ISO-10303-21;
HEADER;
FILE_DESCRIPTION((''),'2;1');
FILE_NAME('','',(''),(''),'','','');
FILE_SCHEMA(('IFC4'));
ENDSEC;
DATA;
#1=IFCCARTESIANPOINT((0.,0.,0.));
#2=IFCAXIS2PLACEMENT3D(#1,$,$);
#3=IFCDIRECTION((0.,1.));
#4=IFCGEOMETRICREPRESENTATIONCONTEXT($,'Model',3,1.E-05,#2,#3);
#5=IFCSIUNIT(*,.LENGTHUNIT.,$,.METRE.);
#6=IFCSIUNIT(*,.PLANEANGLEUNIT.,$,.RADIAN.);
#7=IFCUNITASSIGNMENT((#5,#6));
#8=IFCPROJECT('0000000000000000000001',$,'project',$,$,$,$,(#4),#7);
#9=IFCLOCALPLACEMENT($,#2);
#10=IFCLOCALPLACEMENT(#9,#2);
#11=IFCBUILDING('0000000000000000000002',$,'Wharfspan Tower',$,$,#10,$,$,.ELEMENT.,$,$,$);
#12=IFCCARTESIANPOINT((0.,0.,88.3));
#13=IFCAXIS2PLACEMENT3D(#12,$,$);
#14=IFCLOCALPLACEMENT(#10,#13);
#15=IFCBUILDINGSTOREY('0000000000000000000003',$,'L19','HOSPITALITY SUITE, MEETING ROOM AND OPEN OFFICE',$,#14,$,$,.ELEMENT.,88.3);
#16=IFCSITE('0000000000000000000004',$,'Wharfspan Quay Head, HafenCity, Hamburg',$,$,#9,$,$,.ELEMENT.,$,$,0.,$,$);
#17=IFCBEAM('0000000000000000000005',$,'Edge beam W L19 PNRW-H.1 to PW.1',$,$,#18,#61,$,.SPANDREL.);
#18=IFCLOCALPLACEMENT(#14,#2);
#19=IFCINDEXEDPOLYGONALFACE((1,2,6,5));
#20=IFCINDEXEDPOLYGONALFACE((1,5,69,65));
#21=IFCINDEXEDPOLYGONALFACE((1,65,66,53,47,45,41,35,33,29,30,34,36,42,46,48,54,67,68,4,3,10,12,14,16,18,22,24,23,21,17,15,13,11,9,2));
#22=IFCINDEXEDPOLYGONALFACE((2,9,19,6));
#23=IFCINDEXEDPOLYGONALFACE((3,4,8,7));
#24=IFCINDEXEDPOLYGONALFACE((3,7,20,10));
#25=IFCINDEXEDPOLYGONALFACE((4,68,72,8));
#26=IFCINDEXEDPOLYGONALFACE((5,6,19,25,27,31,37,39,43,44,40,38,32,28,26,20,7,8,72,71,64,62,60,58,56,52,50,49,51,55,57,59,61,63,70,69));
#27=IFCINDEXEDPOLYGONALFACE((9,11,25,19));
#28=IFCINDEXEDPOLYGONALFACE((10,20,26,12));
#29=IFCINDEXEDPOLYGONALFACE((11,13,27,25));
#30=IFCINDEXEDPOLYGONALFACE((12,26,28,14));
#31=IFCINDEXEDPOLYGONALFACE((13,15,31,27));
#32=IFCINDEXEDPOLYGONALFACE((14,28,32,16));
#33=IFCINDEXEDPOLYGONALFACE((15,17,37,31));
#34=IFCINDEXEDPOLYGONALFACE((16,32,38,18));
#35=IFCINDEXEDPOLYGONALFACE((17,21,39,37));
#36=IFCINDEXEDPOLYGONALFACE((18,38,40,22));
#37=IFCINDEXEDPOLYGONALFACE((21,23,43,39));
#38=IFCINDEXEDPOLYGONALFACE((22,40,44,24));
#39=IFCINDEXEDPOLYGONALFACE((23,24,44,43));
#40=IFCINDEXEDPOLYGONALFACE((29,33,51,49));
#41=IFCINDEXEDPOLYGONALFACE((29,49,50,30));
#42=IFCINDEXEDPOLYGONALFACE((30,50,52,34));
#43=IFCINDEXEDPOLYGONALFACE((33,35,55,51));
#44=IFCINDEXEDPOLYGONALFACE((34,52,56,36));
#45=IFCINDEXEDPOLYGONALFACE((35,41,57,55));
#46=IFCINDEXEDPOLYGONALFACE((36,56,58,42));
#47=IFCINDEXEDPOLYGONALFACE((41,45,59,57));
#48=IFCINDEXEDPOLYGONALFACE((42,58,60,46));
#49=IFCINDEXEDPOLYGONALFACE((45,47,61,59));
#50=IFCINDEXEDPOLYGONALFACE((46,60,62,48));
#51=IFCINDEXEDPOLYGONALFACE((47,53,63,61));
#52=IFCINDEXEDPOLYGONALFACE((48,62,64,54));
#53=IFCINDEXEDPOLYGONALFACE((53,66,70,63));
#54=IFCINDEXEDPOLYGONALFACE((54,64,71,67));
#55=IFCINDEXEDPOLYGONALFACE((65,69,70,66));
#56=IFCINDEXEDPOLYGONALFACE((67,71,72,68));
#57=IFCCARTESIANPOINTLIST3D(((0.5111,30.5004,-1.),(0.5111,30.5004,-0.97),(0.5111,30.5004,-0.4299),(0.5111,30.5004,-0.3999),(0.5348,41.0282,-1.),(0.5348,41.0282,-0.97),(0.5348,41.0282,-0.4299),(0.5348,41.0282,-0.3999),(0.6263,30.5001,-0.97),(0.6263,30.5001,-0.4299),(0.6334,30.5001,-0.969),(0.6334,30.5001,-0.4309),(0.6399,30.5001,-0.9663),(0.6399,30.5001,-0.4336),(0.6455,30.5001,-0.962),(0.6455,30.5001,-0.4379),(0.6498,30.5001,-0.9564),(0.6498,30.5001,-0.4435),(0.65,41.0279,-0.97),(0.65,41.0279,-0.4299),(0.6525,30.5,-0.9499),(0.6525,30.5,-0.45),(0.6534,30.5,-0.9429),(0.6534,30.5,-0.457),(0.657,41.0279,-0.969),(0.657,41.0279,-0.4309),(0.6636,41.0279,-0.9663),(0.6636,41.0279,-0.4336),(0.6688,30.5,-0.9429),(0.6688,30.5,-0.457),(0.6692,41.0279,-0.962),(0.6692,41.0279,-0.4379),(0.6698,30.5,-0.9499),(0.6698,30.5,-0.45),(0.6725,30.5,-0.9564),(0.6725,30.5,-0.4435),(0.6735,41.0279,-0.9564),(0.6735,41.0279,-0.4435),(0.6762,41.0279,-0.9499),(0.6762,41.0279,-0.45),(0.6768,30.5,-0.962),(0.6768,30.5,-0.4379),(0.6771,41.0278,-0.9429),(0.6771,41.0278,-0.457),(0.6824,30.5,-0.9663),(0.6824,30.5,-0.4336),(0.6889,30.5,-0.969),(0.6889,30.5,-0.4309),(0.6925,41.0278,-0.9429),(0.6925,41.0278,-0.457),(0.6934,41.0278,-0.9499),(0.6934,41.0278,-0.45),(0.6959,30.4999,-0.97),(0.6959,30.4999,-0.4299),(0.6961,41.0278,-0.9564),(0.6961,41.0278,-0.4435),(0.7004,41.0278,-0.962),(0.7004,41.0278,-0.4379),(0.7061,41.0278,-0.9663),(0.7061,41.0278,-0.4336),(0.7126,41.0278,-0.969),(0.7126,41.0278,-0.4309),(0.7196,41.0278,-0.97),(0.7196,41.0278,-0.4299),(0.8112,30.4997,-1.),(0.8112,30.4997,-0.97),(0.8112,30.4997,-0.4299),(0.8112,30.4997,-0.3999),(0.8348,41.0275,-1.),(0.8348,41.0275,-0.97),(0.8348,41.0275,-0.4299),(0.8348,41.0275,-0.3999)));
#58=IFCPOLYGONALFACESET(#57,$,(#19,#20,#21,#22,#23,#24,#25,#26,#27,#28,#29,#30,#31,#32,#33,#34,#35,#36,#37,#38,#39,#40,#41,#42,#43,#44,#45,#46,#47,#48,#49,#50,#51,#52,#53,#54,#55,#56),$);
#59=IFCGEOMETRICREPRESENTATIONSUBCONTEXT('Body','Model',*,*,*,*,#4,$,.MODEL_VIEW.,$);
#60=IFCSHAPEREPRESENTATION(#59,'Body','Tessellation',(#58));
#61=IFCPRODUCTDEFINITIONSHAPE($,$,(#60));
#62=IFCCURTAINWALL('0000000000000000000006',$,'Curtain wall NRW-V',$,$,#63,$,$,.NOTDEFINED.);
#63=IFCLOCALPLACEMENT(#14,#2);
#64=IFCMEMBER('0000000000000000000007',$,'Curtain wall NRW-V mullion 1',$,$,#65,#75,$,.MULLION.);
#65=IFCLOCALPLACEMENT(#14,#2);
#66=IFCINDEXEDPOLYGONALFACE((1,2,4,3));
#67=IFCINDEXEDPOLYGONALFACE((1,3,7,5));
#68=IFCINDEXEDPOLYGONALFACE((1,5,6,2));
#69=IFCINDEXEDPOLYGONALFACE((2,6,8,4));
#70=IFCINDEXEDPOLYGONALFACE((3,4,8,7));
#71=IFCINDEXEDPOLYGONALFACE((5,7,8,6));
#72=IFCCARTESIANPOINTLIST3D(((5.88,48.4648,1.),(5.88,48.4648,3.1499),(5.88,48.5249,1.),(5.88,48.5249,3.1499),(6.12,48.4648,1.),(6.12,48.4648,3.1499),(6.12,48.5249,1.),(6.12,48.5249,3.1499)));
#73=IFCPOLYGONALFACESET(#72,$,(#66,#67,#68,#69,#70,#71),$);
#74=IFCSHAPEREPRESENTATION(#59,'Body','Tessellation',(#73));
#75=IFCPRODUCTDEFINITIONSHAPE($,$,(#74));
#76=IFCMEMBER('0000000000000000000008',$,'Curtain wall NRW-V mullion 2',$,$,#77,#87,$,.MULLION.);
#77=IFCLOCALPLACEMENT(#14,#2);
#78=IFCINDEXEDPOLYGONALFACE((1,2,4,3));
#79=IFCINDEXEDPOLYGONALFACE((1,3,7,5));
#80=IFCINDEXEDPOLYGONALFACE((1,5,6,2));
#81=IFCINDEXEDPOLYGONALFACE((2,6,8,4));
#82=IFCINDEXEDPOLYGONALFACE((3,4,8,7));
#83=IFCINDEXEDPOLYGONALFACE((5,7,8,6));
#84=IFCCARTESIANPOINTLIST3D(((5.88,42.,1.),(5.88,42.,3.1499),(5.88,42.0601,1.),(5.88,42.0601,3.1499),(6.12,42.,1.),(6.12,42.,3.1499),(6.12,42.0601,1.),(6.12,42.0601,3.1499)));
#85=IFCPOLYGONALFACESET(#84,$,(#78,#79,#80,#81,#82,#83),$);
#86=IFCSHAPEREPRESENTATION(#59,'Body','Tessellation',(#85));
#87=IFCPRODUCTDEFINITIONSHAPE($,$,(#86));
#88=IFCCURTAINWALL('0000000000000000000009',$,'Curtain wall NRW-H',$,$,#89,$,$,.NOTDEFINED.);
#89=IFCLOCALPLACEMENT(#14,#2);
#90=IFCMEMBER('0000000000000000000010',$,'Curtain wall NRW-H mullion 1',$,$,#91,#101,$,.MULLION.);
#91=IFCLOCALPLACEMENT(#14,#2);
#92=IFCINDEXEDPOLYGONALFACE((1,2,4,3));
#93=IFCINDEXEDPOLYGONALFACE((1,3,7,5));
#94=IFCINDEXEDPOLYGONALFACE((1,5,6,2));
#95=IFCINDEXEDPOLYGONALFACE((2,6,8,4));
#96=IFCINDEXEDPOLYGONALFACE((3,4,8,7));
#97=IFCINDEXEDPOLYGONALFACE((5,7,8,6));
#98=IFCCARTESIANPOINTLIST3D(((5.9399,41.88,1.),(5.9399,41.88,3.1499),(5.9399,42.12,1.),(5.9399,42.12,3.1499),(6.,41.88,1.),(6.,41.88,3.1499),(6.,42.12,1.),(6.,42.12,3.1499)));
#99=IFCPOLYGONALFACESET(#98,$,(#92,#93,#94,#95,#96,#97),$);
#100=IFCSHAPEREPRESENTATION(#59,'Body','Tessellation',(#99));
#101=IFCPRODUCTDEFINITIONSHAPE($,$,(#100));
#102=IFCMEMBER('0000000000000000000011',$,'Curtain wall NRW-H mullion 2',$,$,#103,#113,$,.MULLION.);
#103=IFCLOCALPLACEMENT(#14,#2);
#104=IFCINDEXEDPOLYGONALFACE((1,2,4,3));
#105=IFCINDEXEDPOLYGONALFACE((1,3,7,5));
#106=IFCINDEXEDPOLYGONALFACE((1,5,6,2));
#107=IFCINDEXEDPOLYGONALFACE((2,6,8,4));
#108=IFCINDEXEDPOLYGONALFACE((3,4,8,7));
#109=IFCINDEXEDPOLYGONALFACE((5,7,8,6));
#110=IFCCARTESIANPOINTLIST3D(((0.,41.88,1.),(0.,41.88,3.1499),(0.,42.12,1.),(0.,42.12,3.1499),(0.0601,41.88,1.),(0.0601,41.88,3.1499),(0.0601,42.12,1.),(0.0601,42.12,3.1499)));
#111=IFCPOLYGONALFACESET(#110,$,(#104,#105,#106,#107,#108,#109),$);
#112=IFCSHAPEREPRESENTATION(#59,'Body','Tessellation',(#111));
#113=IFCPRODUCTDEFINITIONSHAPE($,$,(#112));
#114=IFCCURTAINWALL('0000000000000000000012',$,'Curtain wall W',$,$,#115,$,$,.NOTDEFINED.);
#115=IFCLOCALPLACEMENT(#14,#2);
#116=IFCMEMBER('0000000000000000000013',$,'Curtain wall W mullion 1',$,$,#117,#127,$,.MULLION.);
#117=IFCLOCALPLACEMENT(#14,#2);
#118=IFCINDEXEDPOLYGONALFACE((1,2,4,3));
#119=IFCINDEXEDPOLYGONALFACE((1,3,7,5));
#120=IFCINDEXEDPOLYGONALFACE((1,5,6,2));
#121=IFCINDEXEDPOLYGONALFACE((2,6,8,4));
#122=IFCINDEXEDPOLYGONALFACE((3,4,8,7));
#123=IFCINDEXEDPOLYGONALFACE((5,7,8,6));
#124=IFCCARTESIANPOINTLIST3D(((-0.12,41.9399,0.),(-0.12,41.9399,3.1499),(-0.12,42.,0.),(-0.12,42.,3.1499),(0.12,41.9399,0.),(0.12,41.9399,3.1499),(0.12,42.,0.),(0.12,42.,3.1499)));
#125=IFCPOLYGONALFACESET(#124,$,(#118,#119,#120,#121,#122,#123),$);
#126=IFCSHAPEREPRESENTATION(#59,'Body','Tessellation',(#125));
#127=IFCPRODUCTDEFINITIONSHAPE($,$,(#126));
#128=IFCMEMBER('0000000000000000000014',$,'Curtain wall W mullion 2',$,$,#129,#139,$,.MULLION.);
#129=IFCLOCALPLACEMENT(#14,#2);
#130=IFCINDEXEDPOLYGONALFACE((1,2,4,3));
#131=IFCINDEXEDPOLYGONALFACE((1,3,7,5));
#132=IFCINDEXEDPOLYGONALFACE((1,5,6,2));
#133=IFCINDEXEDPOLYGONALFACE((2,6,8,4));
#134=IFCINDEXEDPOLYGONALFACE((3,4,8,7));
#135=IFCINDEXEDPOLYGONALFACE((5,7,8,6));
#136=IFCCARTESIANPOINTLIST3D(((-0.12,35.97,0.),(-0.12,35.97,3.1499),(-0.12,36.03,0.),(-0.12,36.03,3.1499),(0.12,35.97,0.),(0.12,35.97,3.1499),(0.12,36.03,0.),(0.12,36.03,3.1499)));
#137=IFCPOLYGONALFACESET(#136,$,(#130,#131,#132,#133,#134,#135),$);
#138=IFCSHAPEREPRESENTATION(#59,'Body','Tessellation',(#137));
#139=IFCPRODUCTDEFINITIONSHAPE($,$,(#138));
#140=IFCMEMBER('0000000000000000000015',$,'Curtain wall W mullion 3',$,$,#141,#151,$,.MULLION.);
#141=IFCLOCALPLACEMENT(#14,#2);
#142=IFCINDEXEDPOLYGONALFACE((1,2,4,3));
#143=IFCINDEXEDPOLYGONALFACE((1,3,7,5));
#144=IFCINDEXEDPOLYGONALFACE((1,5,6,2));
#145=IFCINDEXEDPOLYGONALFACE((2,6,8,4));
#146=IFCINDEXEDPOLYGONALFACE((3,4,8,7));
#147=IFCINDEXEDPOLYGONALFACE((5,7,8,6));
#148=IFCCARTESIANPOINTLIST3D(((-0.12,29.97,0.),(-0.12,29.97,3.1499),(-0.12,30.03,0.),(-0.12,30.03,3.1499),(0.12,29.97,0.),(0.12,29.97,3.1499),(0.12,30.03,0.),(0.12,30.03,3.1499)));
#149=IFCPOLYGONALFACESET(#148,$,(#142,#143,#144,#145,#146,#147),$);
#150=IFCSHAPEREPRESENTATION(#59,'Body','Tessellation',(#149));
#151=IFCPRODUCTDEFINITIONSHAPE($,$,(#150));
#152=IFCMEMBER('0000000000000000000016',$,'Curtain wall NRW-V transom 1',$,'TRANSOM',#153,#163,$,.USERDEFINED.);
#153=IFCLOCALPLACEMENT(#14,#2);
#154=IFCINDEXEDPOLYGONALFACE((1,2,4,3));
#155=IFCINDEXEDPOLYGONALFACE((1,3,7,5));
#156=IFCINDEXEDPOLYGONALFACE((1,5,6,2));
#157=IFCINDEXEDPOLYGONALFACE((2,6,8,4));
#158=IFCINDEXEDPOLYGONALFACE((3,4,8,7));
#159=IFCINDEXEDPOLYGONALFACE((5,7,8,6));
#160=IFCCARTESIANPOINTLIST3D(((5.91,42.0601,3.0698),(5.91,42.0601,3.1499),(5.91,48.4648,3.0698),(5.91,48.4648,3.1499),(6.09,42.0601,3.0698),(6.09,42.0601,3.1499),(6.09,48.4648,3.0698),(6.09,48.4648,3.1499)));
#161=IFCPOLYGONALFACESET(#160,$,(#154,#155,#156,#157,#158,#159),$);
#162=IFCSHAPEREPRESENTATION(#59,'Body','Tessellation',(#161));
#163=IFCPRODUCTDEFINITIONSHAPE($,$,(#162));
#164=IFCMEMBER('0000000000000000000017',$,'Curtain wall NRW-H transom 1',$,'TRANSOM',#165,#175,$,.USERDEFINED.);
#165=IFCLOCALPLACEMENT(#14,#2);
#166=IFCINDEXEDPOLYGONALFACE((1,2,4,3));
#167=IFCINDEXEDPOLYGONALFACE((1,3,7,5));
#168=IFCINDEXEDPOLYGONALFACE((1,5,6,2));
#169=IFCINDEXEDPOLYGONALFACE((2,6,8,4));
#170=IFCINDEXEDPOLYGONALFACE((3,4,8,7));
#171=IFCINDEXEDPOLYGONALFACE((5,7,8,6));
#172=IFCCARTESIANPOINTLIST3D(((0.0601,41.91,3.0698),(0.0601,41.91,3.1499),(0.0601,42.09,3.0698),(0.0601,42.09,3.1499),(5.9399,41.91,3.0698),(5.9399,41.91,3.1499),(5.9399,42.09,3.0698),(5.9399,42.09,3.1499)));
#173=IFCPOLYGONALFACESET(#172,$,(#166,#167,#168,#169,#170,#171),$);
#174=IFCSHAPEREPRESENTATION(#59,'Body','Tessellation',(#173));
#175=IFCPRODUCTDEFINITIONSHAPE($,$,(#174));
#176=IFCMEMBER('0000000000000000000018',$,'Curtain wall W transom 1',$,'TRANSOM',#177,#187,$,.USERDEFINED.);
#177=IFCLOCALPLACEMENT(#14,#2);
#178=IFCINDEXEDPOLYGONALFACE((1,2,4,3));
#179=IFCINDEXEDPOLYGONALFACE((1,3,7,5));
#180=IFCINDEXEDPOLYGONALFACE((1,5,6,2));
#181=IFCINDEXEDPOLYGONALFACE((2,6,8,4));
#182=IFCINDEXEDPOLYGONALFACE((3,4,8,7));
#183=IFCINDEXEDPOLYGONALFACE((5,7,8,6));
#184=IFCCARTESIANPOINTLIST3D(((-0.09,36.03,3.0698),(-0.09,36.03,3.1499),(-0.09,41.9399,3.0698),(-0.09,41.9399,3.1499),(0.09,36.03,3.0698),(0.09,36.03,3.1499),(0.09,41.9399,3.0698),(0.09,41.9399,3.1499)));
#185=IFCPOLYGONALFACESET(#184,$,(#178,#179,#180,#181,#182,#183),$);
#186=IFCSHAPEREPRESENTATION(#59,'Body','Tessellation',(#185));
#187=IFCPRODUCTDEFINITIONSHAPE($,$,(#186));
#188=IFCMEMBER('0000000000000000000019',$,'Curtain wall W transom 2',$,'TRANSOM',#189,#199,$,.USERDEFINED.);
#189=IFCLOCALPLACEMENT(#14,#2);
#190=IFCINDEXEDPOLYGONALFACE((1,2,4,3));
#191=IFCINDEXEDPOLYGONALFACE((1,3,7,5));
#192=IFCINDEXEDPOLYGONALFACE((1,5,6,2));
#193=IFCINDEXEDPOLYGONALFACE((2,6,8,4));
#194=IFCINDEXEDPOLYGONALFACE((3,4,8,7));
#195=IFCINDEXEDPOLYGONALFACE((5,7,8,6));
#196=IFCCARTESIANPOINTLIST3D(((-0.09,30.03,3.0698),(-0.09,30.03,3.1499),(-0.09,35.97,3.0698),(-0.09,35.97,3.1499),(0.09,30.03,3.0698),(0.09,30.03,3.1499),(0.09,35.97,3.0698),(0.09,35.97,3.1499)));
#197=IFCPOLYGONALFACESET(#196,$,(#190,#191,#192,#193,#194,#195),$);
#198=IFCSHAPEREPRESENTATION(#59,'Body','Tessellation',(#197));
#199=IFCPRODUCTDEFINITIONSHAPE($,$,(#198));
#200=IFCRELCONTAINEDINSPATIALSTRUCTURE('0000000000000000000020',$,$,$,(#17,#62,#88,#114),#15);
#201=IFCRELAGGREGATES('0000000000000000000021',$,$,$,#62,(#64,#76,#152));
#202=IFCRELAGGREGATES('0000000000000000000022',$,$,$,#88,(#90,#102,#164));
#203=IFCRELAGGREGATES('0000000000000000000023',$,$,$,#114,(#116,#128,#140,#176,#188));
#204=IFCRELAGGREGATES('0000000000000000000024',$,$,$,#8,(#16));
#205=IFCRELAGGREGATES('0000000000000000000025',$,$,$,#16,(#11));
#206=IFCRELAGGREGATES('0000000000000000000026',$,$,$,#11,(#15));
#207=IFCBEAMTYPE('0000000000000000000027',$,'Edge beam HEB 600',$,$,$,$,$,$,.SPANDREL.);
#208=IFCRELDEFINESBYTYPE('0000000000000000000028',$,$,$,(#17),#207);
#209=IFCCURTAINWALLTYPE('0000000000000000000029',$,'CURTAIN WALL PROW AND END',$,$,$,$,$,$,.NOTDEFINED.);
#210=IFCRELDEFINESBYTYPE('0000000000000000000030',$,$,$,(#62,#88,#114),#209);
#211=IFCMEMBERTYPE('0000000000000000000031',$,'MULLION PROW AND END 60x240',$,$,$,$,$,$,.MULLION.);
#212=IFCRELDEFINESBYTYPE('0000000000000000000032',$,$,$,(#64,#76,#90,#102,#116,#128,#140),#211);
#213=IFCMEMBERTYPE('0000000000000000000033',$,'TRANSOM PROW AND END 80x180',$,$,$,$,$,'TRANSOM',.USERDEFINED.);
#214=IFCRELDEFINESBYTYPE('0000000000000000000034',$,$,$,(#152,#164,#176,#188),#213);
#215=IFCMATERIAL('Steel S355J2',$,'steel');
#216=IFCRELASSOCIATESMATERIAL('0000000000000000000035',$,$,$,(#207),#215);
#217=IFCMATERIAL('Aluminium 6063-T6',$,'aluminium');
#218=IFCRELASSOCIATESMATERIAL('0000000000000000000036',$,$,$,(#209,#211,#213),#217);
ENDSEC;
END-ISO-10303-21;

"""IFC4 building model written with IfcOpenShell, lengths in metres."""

from ifc_helpers import new_model, si_unit, direction, frame, origin, origin_2d, place, context, subcontext, project, spatial, rectangle, i_section, extrude, material, material_profile, profile_set, type_object, element, aggregate, save


model = new_model("IFC4")

# Units and contexts
model_context = context("Model", 3, precision=1e-05, world=origin(), true_north=direction((0.0, 1.0)))
body_context = subcontext(model_context, "Body", "Model", "MODEL_VIEW")
ifc_project = project(units=[si_unit("LENGTHUNIT", "METRE"), si_unit("PLANEANGLEUNIT", "RADIAN")], contexts=[model_context])

# Site, building, storey
site_placement = place(None, origin())
site = spatial("IfcSite", under=ifc_project, at=site_placement, Name="Wharfspan Quay Head, HafenCity, Hamburg", CompositionType="ELEMENT", RefElevation=0.0)
building_placement = place(site_placement, origin())
building = spatial("IfcBuilding", under=site, at=building_placement, Name="Wharfspan Tower", CompositionType="ELEMENT")
storey_placement = place(building_placement, frame((0.0, 0.0, 88.3)))
storey = spatial("IfcBuildingStorey", under=building, at=storey_placement, Name="L19", Description="HOSPITALITY SUITE, MEETING ROOM AND OPEN OFFICE", CompositionType="ELEMENT", Elevation=88.3)

# Shared definitions
ifc_material_1 = material(Name="Steel S355J2", Category="steel")

# Beam
ifc_material_profile_1 = material_profile(ifc_material_1, i_section(OverallWidth=0.3, OverallDepth=0.6001, WebThickness=0.0154, FlangeThickness=0.03, FilletRadius=0.0271, at=origin_2d()))
ifc_profile_set_1 = profile_set([ifc_material_profile_1], Name="Steel S355J2")
beam_type = type_object("IfcBeamType", Name="Edge beam HEB 600", PredefinedType="SPANDREL", material=ifc_profile_set_1)
beam_placement = place(storey_placement, frame((0.6848, 41.0278, -0.7), z_axis=(-0.002249, -0.999997, 0.0), x_axis=(0.999997, -0.002249, 0.0)))
element("IfcBeam", 1, at=beam_placement, inside=storey, type_object=beam_type, Name="Edge beam W L19 PNRW-H.1 to PW.1", PredefinedType="SPANDREL", context=body_context, shape_type="SweptSolid", body=[
    extrude(i_section(OverallWidth=0.3, OverallDepth=0.6001, WebThickness=0.0154, FlangeThickness=0.03, FilletRadius=0.0271, at=origin_2d()), origin(), (0.0, 0.0, 1.0), 10.5278),
])

# Curtain walls, members
ifc_material_2 = material(Name="Aluminium 6063-T6", Category="aluminium")
curtain_wall_type = type_object("IfcCurtainWallType", Name="CURTAIN WALL PROW AND END", PredefinedType="NOTDEFINED", material=ifc_material_2)
curtain_wall_1_placement = place(storey_placement, origin())
curtain_wall_1 = element("IfcCurtainWall", 2, at=curtain_wall_1_placement, inside=storey, type_object=curtain_wall_type, Name="Curtain wall NRW-V", PredefinedType="NOTDEFINED")
ifc_material_profile_2 = material_profile(ifc_material_2, rectangle(XDim=0.24, YDim=0.0601, at=origin_2d()))
ifc_profile_set_2 = profile_set([ifc_material_profile_2], Name="Aluminium 6063-T6")
member_type_1 = type_object("IfcMemberType", Name="MULLION PROW AND END 60x240", PredefinedType="MULLION", material=ifc_profile_set_2)
member_1_placement = place(storey_placement, frame((6.0, 48.4949, 1.0), z_axis=(0.0, 0.0, 1.0), x_axis=(1.0, 0.0, 0.0)))
member_1 = element("IfcMember", 3, at=member_1_placement, type_object=member_type_1, Name="Curtain wall NRW-V mullion 1", PredefinedType="MULLION", context=body_context, shape_type="SweptSolid", body=[
    extrude(rectangle(XDim=0.24, YDim=0.0601, at=origin_2d()), origin(), (0.0, 0.0, 1.0), 2.1499),
])
member_2_placement = place(storey_placement, frame((6.0, 42.03, 1.0), z_axis=(0.0, 0.0, 1.0), x_axis=(1.0, 0.0, 0.0)))
member_2 = element("IfcMember", 4, at=member_2_placement, type_object=member_type_1, Name="Curtain wall NRW-V mullion 2", PredefinedType="MULLION", context=body_context, shape_type="SweptSolid", body=[
    extrude(rectangle(XDim=0.24, YDim=0.0601, at=origin_2d()), origin(), (0.0, 0.0, 1.0), 2.1499),
])
curtain_wall_2_placement = place(storey_placement, origin())
curtain_wall_2 = element("IfcCurtainWall", 5, at=curtain_wall_2_placement, inside=storey, type_object=curtain_wall_type, Name="Curtain wall NRW-H", PredefinedType="NOTDEFINED")
member_3_placement = place(storey_placement, frame((5.97, 42.0, 1.0), z_axis=(0.0, 0.0, 1.0), x_axis=(0.0, -1.0, 0.0)))
member_3 = element("IfcMember", 6, at=member_3_placement, type_object=member_type_1, Name="Curtain wall NRW-H mullion 1", PredefinedType="MULLION", context=body_context, shape_type="SweptSolid", body=[
    extrude(rectangle(XDim=0.24, YDim=0.0601, at=origin_2d()), origin(), (0.0, 0.0, 1.0), 2.1499),
])
member_4_placement = place(storey_placement, frame((0.03, 42.0, 1.0), z_axis=(0.0, 0.0, 1.0), x_axis=(0.0, -1.0, 0.0)))
member_4 = element("IfcMember", 7, at=member_4_placement, type_object=member_type_1, Name="Curtain wall NRW-H mullion 2", PredefinedType="MULLION", context=body_context, shape_type="SweptSolid", body=[
    extrude(rectangle(XDim=0.24, YDim=0.0601, at=origin_2d()), origin(), (0.0, 0.0, 1.0), 2.1499),
])
curtain_wall_3_placement = place(storey_placement, origin())
curtain_wall_3 = element("IfcCurtainWall", 8, at=curtain_wall_3_placement, inside=storey, type_object=curtain_wall_type, Name="Curtain wall W", PredefinedType="NOTDEFINED")
member_5_placement = place(storey_placement, frame((0.0, 41.97, 0.0), z_axis=(0.0, 0.0, 1.0), x_axis=(1.0, 0.0, 0.0)))
member_5 = element("IfcMember", 9, at=member_5_placement, type_object=member_type_1, Name="Curtain wall W mullion 1", PredefinedType="MULLION", context=body_context, shape_type="SweptSolid", body=[
    extrude(rectangle(XDim=0.24, YDim=0.0601, at=origin_2d()), origin(), (0.0, 0.0, 1.0), 3.1499),
])
member_6_placement = place(storey_placement, frame((0.0, 36.0, 0.0), z_axis=(0.0, 0.0, 1.0), x_axis=(1.0, 0.0, 0.0)))
member_6 = element("IfcMember", 10, at=member_6_placement, type_object=member_type_1, Name="Curtain wall W mullion 2", PredefinedType="MULLION", context=body_context, shape_type="SweptSolid", body=[
    extrude(rectangle(XDim=0.24, YDim=0.0601, at=origin_2d()), origin(), (0.0, 0.0, 1.0), 3.1499),
])
member_7_placement = place(storey_placement, frame((0.0, 30.0, 0.0), z_axis=(0.0, 0.0, 1.0), x_axis=(1.0, 0.0, 0.0)))
member_7 = element("IfcMember", 11, at=member_7_placement, type_object=member_type_1, Name="Curtain wall W mullion 3", PredefinedType="MULLION", context=body_context, shape_type="SweptSolid", body=[
    extrude(rectangle(XDim=0.24, YDim=0.0601, at=origin_2d()), origin(), (0.0, 0.0, 1.0), 3.1499),
])

# Members
ifc_material_profile_3 = material_profile(ifc_material_2, rectangle(XDim=0.1799, YDim=0.0801, at=origin_2d()))
ifc_profile_set_3 = profile_set([ifc_material_profile_3], Name="Aluminium 6063-T6")
member_type_2 = type_object("IfcMemberType", Name="TRANSOM PROW AND END 80x180", ElementType="TRANSOM", PredefinedType="USERDEFINED", material=ifc_profile_set_3)
member_8_placement = place(storey_placement, frame((6.0, 48.4648, 3.1099), z_axis=(0.0, -1.0, 0.0), x_axis=(1.0, 0.0, 0.0)))
member_8 = element("IfcMember", 12, at=member_8_placement, type_object=member_type_2, Name="Curtain wall NRW-V transom 1", ObjectType="TRANSOM", PredefinedType="USERDEFINED", context=body_context, shape_type="SweptSolid", body=[
    extrude(rectangle(XDim=0.1799, YDim=0.0801, at=origin_2d()), origin(), (0.0, 0.0, 1.0), 6.4048),
])
member_9_placement = place(storey_placement, frame((5.9399, 42.0, 3.1099), z_axis=(-1.0, 0.0, 0.0), x_axis=(0.0, -1.0, 0.0)))
member_9 = element("IfcMember", 13, at=member_9_placement, type_object=member_type_2, Name="Curtain wall NRW-H transom 1", ObjectType="TRANSOM", PredefinedType="USERDEFINED", context=body_context, shape_type="SweptSolid", body=[
    extrude(rectangle(XDim=0.1799, YDim=0.0801, at=origin_2d()), origin(), (0.0, 0.0, 1.0), 5.8799),
])
member_10_placement = place(storey_placement, frame((0.0, 41.9399, 3.1099), z_axis=(0.0, -1.0, 0.0), x_axis=(1.0, 0.0, 0.0)))
member_10 = element("IfcMember", 14, at=member_10_placement, type_object=member_type_2, Name="Curtain wall W transom 1", ObjectType="TRANSOM", PredefinedType="USERDEFINED", context=body_context, shape_type="SweptSolid", body=[
    extrude(rectangle(XDim=0.1799, YDim=0.0801, at=origin_2d()), origin(), (0.0, 0.0, 1.0), 5.9099),
])
member_11_placement = place(storey_placement, frame((0.0, 35.97, 3.1099), z_axis=(0.0, -1.0, 0.0), x_axis=(1.0, 0.0, 0.0)))
member_11 = element("IfcMember", 15, at=member_11_placement, type_object=member_type_2, Name="Curtain wall W transom 2", ObjectType="TRANSOM", PredefinedType="USERDEFINED", context=body_context, shape_type="SweptSolid", body=[
    extrude(rectangle(XDim=0.1799, YDim=0.0801, at=origin_2d()), origin(), (0.0, 0.0, 1.0), 5.9399),
])

aggregate(curtain_wall_1, [member_1, member_2, member_8])
aggregate(curtain_wall_2, [member_3, member_4, member_9])
aggregate(curtain_wall_3, [member_5, member_6, member_7, member_10, member_11])

save(model, "model.ifc")
